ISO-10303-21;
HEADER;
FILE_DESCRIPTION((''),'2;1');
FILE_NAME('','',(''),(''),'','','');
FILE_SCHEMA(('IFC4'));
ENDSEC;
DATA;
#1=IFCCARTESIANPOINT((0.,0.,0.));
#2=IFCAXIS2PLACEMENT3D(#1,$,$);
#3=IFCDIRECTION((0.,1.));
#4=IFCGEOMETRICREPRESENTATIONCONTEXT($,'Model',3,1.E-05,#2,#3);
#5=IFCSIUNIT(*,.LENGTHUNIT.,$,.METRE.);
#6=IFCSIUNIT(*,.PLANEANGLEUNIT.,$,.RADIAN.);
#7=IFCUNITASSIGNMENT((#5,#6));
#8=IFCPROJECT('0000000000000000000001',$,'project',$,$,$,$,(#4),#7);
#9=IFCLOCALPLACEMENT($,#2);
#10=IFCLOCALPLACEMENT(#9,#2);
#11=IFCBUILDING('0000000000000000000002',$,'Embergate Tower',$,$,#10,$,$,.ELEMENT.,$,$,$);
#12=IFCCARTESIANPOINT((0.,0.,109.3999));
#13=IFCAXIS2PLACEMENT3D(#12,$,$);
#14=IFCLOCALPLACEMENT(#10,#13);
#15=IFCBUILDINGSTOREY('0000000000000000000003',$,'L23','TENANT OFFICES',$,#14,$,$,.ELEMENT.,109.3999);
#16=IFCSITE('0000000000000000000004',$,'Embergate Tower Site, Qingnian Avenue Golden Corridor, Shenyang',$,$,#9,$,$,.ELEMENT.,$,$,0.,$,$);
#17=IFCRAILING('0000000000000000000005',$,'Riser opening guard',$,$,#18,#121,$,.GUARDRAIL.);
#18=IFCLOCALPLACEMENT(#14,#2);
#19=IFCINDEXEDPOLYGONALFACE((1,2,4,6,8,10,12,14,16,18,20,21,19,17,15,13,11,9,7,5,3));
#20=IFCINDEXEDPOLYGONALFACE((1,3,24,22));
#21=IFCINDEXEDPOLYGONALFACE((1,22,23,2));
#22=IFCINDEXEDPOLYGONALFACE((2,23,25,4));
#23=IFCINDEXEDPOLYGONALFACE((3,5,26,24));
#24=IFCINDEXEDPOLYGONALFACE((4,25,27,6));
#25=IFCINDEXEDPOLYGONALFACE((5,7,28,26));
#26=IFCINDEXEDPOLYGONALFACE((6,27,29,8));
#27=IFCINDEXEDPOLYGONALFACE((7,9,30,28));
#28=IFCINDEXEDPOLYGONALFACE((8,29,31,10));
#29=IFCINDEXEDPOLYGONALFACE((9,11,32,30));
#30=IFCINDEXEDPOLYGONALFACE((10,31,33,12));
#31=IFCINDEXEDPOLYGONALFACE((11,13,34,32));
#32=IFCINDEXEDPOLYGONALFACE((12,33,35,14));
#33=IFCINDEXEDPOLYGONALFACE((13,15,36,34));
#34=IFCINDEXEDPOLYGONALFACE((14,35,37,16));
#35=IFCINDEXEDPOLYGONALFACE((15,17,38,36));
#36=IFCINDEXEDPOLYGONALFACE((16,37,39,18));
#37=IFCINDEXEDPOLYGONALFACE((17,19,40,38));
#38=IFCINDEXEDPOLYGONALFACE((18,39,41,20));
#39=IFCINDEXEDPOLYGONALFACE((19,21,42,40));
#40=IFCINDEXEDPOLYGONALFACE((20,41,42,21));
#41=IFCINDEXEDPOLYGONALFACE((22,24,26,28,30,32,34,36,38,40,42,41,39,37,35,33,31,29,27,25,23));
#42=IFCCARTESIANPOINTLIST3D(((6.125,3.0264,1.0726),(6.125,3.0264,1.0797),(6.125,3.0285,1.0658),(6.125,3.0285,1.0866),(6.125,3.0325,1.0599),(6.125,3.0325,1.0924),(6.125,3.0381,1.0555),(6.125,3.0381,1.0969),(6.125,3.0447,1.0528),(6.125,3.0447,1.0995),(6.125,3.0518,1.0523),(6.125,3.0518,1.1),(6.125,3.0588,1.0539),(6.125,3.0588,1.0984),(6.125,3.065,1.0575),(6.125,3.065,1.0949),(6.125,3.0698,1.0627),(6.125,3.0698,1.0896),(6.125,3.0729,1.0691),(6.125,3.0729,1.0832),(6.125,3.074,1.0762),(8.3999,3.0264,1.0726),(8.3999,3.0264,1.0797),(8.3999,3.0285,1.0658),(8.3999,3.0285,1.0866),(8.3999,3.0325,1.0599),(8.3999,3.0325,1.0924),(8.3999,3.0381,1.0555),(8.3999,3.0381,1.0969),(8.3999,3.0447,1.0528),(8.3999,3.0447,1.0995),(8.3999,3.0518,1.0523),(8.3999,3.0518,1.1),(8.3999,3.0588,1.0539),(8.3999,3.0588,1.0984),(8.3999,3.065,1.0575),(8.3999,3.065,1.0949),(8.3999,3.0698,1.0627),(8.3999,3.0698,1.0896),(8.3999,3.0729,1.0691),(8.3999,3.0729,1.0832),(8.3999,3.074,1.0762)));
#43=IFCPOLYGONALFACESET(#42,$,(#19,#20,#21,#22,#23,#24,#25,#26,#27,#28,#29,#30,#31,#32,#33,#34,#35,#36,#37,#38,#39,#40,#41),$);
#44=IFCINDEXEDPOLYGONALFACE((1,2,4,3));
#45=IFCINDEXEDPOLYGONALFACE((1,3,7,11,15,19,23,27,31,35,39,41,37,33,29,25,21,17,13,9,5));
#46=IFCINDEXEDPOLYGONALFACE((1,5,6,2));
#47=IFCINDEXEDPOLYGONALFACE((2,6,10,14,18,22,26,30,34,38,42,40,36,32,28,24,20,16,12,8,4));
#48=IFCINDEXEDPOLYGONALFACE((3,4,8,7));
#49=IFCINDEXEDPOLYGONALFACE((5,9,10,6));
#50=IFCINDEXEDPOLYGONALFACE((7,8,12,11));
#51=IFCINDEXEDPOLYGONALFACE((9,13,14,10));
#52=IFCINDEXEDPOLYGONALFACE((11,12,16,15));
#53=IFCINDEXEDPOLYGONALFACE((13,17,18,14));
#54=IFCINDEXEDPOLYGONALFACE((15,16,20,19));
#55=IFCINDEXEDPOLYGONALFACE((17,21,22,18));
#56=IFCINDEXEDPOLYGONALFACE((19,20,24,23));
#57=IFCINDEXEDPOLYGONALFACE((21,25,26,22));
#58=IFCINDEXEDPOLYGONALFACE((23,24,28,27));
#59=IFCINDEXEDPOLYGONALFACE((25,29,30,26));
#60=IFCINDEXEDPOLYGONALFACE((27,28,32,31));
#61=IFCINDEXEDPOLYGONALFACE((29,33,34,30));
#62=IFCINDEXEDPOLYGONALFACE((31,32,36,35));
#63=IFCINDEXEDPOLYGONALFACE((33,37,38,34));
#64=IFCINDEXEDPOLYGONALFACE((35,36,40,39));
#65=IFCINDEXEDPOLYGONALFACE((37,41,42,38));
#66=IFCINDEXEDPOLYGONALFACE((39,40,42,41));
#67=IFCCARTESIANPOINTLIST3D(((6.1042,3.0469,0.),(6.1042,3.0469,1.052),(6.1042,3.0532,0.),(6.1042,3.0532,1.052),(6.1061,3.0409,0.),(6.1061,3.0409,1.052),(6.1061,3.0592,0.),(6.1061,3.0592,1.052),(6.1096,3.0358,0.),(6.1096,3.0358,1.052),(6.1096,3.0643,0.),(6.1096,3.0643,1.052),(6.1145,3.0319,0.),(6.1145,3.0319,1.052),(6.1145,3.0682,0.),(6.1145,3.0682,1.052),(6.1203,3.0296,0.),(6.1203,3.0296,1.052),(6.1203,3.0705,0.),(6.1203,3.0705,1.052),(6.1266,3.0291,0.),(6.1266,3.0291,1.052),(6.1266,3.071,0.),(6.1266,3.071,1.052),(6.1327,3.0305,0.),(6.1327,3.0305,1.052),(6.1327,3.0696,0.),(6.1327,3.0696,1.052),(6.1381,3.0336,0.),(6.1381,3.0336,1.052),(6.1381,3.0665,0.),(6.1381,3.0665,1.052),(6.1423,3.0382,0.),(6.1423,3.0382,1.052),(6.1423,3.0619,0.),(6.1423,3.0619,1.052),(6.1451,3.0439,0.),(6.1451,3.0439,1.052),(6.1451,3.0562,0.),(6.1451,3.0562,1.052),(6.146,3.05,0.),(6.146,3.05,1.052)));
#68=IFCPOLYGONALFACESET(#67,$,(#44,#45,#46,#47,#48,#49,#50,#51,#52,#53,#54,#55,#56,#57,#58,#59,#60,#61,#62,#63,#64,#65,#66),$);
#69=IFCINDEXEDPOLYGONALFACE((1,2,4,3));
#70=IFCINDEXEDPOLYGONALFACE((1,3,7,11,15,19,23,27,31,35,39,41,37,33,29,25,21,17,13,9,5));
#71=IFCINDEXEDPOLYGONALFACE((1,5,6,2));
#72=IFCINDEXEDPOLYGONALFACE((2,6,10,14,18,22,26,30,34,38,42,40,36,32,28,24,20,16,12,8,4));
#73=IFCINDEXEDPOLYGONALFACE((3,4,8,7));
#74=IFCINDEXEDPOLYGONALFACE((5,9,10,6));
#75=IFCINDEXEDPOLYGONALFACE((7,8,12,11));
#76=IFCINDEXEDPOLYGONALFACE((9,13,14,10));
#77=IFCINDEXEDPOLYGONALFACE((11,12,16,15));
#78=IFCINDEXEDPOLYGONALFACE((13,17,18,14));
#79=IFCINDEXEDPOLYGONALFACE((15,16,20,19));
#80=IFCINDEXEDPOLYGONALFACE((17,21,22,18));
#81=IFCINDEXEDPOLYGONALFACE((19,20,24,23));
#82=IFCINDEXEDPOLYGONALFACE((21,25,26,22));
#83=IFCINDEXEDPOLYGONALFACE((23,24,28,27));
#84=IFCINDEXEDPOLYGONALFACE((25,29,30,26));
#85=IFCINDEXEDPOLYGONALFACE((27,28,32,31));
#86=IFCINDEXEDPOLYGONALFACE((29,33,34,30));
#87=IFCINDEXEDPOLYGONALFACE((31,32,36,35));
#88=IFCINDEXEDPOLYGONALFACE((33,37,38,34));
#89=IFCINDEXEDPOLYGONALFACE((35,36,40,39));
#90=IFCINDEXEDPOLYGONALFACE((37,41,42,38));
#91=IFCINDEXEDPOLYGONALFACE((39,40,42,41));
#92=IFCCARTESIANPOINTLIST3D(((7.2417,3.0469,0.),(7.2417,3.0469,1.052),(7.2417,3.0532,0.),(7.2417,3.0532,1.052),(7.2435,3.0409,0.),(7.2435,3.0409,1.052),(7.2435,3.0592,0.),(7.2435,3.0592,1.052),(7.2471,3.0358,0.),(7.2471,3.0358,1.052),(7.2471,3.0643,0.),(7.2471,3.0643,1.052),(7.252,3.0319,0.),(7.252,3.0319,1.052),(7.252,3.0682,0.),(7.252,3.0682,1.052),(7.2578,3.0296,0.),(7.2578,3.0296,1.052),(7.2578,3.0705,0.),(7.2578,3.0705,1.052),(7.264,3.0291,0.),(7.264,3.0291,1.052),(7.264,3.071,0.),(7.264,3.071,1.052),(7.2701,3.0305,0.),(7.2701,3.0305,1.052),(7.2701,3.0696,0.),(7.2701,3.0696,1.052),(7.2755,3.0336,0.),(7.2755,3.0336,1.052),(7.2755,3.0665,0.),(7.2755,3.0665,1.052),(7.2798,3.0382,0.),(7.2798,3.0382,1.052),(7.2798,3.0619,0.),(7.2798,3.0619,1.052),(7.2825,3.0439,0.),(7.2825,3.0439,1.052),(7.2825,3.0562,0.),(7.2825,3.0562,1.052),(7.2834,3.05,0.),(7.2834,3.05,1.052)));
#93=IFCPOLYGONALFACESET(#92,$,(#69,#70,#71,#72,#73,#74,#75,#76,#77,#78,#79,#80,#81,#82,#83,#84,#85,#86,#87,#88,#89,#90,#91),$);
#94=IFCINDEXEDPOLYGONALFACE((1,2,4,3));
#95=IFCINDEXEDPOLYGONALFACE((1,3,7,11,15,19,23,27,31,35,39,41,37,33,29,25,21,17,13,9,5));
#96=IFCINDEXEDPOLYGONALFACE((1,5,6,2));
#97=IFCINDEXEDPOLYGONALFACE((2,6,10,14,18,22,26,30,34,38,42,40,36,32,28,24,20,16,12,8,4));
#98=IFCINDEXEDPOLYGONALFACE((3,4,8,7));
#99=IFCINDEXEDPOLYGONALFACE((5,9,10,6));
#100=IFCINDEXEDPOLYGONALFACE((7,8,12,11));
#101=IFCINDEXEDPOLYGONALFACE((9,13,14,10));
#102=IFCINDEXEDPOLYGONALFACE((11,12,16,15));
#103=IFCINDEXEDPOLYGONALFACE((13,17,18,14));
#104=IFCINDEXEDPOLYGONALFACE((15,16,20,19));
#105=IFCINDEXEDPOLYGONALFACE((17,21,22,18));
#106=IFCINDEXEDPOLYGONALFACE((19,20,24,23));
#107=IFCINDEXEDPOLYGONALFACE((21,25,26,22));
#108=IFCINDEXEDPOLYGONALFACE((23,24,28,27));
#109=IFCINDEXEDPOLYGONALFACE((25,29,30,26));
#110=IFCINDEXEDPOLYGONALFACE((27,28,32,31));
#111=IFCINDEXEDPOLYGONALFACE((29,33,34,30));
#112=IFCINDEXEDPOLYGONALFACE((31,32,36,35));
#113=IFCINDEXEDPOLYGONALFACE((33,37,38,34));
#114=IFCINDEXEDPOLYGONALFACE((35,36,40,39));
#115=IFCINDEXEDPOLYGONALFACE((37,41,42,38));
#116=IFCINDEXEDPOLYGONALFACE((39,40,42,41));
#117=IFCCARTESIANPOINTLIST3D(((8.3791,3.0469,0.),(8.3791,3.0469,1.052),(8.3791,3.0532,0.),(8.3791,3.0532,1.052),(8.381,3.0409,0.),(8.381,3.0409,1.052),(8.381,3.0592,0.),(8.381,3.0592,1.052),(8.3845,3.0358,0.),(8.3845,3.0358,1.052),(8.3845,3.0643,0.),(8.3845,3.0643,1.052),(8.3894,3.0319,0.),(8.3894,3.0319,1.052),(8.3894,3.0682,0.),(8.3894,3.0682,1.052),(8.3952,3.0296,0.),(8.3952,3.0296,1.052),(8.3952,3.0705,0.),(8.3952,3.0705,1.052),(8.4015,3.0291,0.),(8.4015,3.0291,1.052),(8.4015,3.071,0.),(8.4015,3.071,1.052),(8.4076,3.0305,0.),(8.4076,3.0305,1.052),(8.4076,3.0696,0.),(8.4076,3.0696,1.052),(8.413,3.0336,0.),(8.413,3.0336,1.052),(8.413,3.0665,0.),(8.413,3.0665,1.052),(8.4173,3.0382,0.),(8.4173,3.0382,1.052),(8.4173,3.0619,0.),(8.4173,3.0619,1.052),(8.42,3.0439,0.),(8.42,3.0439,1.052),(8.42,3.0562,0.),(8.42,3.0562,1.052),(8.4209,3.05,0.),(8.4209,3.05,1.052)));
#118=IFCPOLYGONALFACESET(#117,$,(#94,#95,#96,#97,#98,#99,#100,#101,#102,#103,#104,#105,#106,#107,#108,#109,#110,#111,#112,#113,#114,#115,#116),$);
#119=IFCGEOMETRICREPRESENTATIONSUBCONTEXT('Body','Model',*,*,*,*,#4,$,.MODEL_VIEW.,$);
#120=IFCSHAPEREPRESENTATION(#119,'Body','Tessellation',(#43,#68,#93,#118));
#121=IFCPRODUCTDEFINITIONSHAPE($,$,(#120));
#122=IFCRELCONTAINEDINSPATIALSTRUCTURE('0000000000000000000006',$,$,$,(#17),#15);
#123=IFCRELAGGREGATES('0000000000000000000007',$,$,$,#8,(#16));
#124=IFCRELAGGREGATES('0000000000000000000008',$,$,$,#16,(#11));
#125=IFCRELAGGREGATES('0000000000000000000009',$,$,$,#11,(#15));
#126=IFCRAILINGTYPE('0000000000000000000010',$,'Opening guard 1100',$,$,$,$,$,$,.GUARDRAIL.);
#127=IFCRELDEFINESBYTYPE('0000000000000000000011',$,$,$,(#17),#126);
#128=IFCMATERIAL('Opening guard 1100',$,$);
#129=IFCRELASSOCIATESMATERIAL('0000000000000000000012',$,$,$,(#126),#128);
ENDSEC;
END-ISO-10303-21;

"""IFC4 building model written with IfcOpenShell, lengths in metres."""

from ifc_helpers import new_model, si_unit, direction, frame, origin, origin_2d, place, context, subcontext, project, spatial, circle, extrude, source, transform, mapped, material, type_object, element, save


model = new_model("IFC4")

# Units and contexts
model_context = context("Model", 3, precision=1e-05, world=origin(), true_north=direction((0.0, 1.0)))
body_context = subcontext(model_context, "Body", "Model", "MODEL_VIEW")
ifc_project = project(units=[si_unit("LENGTHUNIT", "METRE"), si_unit("PLANEANGLEUNIT", "RADIAN")], contexts=[model_context])

# Site, building, storey
site_placement = place(None, origin())
site = spatial("IfcSite", under=ifc_project, at=site_placement, Name="Embergate Tower Site, Qingnian Avenue Golden Corridor, Shenyang", CompositionType="ELEMENT", RefElevation=0.0)
building_placement = place(site_placement, origin())
building = spatial("IfcBuilding", under=site, at=building_placement, Name="Embergate Tower", CompositionType="ELEMENT")
storey_placement = place(building_placement, frame((0.0, 0.0, 109.3999)))
storey = spatial("IfcBuildingStorey", under=building, at=storey_placement, Name="L23", Description="TENANT OFFICES", CompositionType="ELEMENT", Elevation=109.3999)

# Railing
ifc_material_1 = material(Name="Opening guard 1100")
railing_type = type_object("IfcRailingType", Name="Opening guard 1100", PredefinedType="GUARDRAIL", material=ifc_material_1)
shared_shape_1 = source(origin(), body_context, "Body", "SweptSolid", [
    extrude(circle(Radius=0.0239, at=origin_2d()), frame((0.0, 0.0, 1.0762), z_axis=(1.0, 0.0, 0.0), x_axis=(0.0, 1.0, 0.0)), (0.0, 0.0, 1.0), 2.2749),
    extrude(circle(Radius=0.021, at=origin_2d()), origin(), (0.0, 0.0, 1.0), 1.052),
    extrude(circle(Radius=0.021, at=origin_2d()), frame((1.1375, 0.0, 0.0)), (0.0, 0.0, 1.0), 1.052),
    extrude(circle(Radius=0.021, at=origin_2d()), frame((2.2749, 0.0, 0.0)), (0.0, 0.0, 1.0), 1.052),
])
railing_placement = place(storey_placement, frame((6.125, 3.05, 0.0)))
element("IfcRailing", 1, at=railing_placement, inside=storey, type_object=railing_type, Name="Riser opening guard", PredefinedType="GUARDRAIL", context=body_context, shape_type="MappedRepresentation", body=[
    mapped(shared_shape_1, transform((0.0, 0.0, 0.0))),
])

save(model, "model.ifc")
